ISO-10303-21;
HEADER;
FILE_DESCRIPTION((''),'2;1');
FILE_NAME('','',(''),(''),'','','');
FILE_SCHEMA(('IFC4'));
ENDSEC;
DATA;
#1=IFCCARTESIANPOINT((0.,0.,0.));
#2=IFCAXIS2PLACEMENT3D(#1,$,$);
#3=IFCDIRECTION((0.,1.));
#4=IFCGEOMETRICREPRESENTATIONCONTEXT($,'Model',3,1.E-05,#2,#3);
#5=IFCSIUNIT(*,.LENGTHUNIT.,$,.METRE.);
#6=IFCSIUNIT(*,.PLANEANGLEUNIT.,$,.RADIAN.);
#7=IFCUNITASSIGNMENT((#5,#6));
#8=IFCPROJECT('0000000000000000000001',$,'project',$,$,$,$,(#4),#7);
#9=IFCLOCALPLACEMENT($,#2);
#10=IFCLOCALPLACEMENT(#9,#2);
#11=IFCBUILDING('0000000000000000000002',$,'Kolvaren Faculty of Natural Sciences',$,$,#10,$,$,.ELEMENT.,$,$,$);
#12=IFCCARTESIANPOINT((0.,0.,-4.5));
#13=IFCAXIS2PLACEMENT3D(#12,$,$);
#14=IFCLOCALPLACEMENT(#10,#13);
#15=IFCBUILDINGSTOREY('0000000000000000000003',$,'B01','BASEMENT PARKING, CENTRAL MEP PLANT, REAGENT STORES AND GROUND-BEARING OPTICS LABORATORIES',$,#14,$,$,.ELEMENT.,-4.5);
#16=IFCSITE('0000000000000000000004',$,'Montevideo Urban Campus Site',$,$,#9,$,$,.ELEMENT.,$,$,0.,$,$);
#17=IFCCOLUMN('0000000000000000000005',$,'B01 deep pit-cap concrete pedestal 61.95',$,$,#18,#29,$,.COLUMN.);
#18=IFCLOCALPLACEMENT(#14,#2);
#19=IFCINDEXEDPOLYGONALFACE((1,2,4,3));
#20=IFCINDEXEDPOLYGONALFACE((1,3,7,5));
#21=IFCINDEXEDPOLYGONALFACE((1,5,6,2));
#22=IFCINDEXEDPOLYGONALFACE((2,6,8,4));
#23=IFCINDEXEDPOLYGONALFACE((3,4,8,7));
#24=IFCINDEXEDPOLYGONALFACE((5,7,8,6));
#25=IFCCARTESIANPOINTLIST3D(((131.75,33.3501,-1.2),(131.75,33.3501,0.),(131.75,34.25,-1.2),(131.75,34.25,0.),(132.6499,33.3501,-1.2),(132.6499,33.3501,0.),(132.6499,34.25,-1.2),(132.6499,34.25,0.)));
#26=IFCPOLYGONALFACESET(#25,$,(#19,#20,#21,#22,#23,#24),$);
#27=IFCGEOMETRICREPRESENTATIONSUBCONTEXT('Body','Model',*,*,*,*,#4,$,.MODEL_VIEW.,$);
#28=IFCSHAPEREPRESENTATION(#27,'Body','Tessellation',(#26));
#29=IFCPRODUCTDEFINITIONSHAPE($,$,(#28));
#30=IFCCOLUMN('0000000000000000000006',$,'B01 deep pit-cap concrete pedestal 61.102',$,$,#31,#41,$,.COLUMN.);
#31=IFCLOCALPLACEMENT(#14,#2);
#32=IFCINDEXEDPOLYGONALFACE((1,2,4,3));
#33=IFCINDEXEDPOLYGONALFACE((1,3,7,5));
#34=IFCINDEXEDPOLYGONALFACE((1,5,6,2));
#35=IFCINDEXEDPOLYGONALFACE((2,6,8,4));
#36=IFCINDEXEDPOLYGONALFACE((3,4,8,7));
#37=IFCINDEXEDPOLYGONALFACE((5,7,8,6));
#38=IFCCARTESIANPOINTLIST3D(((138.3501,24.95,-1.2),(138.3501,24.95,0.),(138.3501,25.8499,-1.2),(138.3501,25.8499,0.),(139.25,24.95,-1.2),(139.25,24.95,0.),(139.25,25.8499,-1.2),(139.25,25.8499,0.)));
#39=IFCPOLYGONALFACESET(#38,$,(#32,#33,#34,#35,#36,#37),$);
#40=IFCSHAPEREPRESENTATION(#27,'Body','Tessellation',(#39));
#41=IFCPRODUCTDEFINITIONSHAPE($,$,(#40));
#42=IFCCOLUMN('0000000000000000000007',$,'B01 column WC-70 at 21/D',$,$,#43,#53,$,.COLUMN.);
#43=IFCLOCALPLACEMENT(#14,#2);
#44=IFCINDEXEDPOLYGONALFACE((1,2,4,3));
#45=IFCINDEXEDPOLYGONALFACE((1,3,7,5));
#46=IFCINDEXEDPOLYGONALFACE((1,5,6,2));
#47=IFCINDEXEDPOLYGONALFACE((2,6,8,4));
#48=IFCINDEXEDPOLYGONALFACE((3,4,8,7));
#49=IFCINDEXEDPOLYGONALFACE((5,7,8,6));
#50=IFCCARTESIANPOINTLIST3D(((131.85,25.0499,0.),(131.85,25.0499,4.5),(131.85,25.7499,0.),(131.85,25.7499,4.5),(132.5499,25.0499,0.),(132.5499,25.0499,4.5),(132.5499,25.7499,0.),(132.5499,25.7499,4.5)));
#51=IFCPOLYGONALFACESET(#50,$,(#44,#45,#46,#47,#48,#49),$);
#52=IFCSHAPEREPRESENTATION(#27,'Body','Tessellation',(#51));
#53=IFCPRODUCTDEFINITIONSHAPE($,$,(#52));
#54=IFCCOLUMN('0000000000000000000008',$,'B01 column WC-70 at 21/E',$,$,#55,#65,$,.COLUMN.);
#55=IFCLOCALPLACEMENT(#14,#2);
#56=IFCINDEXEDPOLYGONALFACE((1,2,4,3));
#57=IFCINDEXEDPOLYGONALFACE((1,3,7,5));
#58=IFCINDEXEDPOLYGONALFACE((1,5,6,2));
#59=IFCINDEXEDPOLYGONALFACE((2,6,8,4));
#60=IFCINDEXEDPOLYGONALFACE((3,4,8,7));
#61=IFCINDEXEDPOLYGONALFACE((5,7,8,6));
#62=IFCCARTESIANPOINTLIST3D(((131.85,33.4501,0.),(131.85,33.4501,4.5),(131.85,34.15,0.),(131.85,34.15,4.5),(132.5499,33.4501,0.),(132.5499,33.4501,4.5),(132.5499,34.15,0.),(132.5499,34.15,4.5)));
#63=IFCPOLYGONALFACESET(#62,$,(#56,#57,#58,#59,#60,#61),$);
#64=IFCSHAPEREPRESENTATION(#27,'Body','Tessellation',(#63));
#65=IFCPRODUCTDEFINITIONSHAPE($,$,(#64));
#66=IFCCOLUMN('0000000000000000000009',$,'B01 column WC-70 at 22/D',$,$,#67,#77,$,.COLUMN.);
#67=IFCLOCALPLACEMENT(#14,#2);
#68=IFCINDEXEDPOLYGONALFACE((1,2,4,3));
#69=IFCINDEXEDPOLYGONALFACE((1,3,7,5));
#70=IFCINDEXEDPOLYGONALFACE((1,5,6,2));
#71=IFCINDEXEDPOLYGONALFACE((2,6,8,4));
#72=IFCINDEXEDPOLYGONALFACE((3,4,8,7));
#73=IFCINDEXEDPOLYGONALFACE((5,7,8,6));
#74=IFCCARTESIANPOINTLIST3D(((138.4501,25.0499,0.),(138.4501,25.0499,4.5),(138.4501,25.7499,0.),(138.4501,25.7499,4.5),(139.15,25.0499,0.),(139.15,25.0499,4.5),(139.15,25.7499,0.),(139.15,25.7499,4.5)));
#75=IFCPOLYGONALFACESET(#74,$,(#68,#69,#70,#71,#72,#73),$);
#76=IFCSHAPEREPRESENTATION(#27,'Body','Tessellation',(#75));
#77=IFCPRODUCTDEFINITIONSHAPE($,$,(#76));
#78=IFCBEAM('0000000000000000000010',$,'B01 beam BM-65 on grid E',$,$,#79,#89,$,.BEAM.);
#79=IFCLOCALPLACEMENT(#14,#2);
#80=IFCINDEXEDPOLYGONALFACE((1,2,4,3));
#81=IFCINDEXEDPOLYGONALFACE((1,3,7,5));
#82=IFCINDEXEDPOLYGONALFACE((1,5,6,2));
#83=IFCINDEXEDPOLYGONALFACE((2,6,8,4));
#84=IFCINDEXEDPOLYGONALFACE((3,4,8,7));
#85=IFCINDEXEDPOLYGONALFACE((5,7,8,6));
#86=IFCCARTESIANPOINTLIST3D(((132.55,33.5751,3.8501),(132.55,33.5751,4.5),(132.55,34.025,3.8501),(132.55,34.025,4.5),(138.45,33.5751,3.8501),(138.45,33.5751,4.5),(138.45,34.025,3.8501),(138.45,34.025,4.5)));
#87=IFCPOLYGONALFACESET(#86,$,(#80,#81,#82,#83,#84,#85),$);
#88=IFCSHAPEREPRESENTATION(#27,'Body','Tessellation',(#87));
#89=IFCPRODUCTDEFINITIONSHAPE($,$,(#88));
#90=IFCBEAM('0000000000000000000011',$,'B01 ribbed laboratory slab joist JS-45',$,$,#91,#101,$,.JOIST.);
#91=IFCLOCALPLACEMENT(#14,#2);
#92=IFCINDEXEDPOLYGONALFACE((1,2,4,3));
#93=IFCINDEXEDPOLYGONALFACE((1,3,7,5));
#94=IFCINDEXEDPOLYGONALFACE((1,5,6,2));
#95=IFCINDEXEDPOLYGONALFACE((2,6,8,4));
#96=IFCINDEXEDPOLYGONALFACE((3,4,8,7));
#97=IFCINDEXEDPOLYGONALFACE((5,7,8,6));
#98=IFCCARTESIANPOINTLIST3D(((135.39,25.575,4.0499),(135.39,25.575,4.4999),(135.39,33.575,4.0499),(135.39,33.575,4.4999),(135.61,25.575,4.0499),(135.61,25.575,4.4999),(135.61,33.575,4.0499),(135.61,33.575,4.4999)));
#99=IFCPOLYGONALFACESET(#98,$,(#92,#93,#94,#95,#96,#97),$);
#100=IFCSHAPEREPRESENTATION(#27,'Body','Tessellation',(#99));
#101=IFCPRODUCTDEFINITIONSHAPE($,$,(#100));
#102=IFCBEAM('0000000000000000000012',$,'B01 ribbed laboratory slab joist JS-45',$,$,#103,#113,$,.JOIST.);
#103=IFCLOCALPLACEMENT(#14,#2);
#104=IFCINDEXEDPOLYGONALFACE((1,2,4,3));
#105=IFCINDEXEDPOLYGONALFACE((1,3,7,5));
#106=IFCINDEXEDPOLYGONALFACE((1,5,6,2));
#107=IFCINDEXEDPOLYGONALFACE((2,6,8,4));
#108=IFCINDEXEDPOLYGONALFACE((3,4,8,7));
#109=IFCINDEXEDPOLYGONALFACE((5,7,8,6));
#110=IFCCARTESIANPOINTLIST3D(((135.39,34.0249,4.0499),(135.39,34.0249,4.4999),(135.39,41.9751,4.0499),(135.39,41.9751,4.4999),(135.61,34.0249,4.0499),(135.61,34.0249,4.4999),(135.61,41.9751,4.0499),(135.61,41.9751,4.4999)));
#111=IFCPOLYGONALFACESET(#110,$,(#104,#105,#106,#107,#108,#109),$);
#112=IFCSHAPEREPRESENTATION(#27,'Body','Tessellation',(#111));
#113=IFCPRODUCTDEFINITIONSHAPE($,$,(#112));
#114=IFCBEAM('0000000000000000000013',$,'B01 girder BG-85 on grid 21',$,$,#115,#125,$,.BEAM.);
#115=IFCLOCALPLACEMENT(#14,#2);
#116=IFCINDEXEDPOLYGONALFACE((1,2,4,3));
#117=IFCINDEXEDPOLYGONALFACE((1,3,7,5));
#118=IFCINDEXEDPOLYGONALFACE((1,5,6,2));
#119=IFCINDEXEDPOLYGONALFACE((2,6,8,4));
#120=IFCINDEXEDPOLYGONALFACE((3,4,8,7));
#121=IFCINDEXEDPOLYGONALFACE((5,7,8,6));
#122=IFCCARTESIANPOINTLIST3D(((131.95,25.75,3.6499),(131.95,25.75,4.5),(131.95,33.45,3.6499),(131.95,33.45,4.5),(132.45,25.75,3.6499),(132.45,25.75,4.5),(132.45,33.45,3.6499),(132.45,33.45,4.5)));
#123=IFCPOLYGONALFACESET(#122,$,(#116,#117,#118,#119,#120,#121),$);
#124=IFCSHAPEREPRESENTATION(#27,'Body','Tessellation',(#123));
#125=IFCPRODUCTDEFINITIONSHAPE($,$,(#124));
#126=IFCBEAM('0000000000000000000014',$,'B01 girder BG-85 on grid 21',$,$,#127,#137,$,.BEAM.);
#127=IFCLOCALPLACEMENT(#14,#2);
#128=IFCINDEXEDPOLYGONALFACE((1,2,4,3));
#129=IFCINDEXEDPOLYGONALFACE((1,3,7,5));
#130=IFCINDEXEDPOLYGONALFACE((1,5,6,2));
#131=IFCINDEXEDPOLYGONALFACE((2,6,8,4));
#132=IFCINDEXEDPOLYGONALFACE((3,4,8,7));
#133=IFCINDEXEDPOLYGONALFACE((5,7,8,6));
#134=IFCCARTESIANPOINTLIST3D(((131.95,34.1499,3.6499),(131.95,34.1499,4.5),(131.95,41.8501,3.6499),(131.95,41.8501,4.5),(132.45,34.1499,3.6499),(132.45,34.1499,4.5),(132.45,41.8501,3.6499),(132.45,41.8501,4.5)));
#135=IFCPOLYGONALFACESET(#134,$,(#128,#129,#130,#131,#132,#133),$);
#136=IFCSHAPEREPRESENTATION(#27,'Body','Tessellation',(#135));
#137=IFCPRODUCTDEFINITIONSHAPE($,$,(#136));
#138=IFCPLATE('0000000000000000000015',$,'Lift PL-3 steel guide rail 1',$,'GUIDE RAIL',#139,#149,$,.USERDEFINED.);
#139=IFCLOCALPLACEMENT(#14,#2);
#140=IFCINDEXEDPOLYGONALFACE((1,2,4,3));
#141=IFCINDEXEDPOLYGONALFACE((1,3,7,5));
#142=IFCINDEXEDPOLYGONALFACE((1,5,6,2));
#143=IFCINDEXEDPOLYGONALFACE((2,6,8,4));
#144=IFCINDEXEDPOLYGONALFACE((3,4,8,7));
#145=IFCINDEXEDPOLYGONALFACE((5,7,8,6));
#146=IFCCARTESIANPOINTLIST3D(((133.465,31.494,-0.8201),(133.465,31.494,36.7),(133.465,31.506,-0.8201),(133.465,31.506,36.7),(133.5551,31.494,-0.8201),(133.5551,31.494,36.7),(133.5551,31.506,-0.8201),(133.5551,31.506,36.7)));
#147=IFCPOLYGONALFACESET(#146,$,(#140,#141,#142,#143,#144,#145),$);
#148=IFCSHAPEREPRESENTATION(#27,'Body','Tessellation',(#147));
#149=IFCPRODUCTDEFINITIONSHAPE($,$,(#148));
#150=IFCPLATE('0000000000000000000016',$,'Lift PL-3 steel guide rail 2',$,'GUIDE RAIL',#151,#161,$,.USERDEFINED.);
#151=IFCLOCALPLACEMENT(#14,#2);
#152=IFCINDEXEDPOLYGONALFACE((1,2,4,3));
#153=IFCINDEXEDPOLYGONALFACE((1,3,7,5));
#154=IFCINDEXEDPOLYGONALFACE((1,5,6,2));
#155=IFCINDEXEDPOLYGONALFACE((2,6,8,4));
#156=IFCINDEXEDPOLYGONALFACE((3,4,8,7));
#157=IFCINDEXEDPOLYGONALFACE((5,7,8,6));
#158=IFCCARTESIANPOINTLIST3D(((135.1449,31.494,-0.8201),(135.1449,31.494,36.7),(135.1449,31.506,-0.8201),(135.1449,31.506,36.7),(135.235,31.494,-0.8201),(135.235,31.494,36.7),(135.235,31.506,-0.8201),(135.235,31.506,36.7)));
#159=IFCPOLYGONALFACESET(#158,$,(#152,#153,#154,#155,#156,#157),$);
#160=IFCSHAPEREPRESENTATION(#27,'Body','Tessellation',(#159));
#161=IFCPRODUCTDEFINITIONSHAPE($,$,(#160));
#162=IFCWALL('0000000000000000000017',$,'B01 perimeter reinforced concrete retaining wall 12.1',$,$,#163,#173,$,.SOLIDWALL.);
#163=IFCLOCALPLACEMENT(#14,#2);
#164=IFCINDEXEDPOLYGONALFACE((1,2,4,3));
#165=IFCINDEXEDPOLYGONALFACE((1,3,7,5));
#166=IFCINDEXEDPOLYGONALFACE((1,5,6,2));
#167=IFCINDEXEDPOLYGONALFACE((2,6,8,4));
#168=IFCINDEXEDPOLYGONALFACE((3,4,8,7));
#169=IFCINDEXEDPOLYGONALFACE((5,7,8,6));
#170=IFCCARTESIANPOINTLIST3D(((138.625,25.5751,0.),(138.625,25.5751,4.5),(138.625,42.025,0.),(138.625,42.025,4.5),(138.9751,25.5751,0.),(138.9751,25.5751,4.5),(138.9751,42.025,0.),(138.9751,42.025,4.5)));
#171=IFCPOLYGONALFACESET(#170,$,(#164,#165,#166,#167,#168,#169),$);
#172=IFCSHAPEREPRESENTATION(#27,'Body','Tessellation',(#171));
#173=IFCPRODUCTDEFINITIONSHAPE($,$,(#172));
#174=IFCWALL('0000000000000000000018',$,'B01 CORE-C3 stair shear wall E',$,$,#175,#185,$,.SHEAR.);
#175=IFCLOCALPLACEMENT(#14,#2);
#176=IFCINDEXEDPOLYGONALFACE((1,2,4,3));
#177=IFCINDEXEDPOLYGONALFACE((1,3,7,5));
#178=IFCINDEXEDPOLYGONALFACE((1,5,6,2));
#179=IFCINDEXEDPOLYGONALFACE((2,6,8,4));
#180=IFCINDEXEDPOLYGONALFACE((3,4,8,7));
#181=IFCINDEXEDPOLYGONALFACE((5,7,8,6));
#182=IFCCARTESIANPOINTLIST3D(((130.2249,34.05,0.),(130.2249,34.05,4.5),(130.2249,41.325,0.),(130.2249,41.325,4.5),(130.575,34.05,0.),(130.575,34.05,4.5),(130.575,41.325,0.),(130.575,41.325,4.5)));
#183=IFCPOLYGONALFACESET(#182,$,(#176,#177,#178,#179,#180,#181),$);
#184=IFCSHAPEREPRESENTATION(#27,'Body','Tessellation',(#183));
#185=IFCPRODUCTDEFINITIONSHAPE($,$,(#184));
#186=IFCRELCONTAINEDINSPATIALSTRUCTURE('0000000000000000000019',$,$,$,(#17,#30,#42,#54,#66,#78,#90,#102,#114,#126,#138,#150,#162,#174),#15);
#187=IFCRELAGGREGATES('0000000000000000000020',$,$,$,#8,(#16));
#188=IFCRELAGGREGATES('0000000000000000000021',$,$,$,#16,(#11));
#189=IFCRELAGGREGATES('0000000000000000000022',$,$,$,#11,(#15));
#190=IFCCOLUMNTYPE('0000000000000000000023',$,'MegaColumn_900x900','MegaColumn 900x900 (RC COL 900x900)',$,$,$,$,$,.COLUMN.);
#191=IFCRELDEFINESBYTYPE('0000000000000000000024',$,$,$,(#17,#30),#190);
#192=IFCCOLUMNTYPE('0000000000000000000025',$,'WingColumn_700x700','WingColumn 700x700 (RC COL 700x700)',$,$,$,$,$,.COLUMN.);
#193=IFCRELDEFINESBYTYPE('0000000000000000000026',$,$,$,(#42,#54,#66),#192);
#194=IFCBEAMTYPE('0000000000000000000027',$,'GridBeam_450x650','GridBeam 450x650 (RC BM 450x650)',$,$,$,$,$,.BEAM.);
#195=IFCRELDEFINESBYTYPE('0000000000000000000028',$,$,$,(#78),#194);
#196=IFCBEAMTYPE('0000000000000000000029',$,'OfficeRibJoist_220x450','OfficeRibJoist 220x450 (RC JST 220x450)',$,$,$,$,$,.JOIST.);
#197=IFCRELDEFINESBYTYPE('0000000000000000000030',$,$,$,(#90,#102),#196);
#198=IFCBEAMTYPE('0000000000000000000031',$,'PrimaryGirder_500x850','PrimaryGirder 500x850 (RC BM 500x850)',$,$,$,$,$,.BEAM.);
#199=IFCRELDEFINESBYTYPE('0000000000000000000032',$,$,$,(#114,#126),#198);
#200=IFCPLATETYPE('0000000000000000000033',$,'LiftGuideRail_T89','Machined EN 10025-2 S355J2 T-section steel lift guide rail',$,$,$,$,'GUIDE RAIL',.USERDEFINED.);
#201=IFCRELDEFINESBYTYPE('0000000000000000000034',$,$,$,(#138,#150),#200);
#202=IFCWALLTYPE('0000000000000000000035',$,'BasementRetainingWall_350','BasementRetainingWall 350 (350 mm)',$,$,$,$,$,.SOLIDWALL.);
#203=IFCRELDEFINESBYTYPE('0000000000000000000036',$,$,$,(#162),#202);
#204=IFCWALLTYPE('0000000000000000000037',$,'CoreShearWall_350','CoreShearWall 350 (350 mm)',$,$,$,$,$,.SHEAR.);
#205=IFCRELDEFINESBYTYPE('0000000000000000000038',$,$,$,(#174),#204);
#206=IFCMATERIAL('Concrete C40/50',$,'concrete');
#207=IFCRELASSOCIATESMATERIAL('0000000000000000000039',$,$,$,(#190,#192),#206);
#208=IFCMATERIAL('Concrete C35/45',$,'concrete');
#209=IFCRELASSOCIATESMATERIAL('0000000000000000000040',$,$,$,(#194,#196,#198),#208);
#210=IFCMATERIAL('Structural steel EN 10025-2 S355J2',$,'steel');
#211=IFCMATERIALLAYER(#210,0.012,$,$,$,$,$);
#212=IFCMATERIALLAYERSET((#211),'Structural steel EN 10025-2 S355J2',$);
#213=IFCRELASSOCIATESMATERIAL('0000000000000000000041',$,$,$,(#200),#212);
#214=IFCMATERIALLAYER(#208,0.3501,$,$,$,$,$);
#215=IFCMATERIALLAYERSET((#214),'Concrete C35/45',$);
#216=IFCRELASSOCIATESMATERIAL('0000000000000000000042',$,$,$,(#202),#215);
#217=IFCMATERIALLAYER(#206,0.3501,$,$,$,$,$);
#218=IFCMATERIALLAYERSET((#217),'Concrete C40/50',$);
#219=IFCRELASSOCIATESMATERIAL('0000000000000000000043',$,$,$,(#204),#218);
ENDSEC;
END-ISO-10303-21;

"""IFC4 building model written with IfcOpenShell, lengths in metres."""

from ifc_helpers import new_model, si_unit, direction, frame, frame_2d, origin, origin_2d, place, context, subcontext, project, spatial, rectangle, extrude, material, layer, layer_set, material_profile, profile_set, type_object, element, save


model = new_model("IFC4")

# Units and contexts
model_context = context("Model", 3, precision=1e-05, world=origin(), true_north=direction((0.0, 1.0)))
body_context = subcontext(model_context, "Body", "Model", "MODEL_VIEW")
ifc_project = project(units=[si_unit("LENGTHUNIT", "METRE"), si_unit("PLANEANGLEUNIT", "RADIAN")], contexts=[model_context])

# Site, building, storey
site_placement = place(None, origin())
site = spatial("IfcSite", under=ifc_project, at=site_placement, Name="Montevideo Urban Campus Site", CompositionType="ELEMENT", RefElevation=0.0)
building_placement = place(site_placement, origin())
building = spatial("IfcBuilding", under=site, at=building_placement, Name="Kolvaren Faculty of Natural Sciences", CompositionType="ELEMENT")
storey_placement = place(building_placement, frame((0.0, 0.0, -4.5)))
storey = spatial("IfcBuildingStorey", under=building, at=storey_placement, Name="B01", Description="BASEMENT PARKING, CENTRAL MEP PLANT, REAGENT STORES AND GROUND-BEARING OPTICS LABORATORIES", CompositionType="ELEMENT", Elevation=-4.5)

# Shared definitions
ifc_material_1 = material(Name="Concrete C35/45", Category="concrete")

# Columns
ifc_material_2 = material(Name="Concrete C40/50", Category="concrete")
ifc_material_profile_1 = material_profile(ifc_material_2, rectangle(XDim=0.8999, YDim=0.8999, at=origin_2d()), Name="RC COL 900x900")
ifc_profile_set_1 = profile_set([ifc_material_profile_1], Name="Concrete C40/50")
column_type_1 = type_object("IfcColumnType", Name="MegaColumn_900x900", Description="MegaColumn 900x900 (RC COL 900x900)", PredefinedType="COLUMN", material=ifc_profile_set_1)
for number, where, z_axis, x_axis, name in (
    (1, (132.2, 33.8, -1.2), (0.0, 0.0, 1.0), (1.0, 0.0, 0.0), "B01 deep pit-cap concrete pedestal 61.95"),
    (2, (138.8, 25.3999, -1.2), (0.0, 0.0, 1.0), (1.0, 0.0, 0.0), "B01 deep pit-cap concrete pedestal 61.102"),
):
    element("IfcColumn", number, at=place(storey_placement, frame(where, z_axis=z_axis, x_axis=x_axis)), inside=storey, type_object=column_type_1, Name=name, PredefinedType="COLUMN", context=body_context, shape_type="SweptSolid", body=[
        extrude(rectangle(XDim=0.8999, YDim=0.8999, at=origin_2d()), origin(), (0.0, 0.0, 1.0), 1.2),
    ])
ifc_material_profile_2 = material_profile(ifc_material_2, rectangle(XDim=0.7, YDim=0.7, at=origin_2d()), Name="RC COL 700x700")
ifc_profile_set_2 = profile_set([ifc_material_profile_2], Name="Concrete C40/50")
column_type_2 = type_object("IfcColumnType", Name="WingColumn_700x700", Description="WingColumn 700x700 (RC COL 700x700)", PredefinedType="COLUMN", material=ifc_profile_set_2)
for number, where, z_axis, x_axis, name in (
    (3, (132.2, 25.3999, 0.0), (0.0, 0.0, 1.0), (1.0, 0.0, 0.0), "B01 column WC-70 at 21/D"),
    (4, (132.2, 33.8, 0.0), (0.0, 0.0, 1.0), (1.0, 0.0, 0.0), "B01 column WC-70 at 21/E"),
    (5, (138.8, 25.3999, 0.0), (0.0, 0.0, 1.0), (1.0, 0.0, 0.0), "B01 column WC-70 at 22/D"),
):
    element("IfcColumn", number, at=place(storey_placement, frame(where, z_axis=z_axis, x_axis=x_axis)), inside=storey, type_object=column_type_2, Name=name, PredefinedType="COLUMN", context=body_context, shape_type="SweptSolid", body=[
        extrude(rectangle(XDim=0.7, YDim=0.7, at=origin_2d()), origin(), (0.0, 0.0, 1.0), 4.5),
    ])

# Beams
ifc_material_profile_3 = material_profile(ifc_material_1, rectangle(XDim=0.45, YDim=0.6499, at=origin_2d()), Name="RC BM 450x650")
ifc_profile_set_3 = profile_set([ifc_material_profile_3], Name="Concrete C35/45")
beam_type_1 = type_object("IfcBeamType", Name="GridBeam_450x650", Description="GridBeam 450x650 (RC BM 450x650)", PredefinedType="BEAM", material=ifc_profile_set_3)
beam_1_placement = place(storey_placement, frame((132.55, 33.8, 4.175), z_axis=(1.0, 0.0, 0.0), x_axis=(0.0, 1.0, 0.0)))
element("IfcBeam", 6, at=beam_1_placement, inside=storey, type_object=beam_type_1, Name="B01 beam BM-65 on grid E", PredefinedType="BEAM", context=body_context, shape_type="SweptSolid", body=[
    extrude(rectangle(XDim=0.45, YDim=0.6499, at=origin_2d()), origin(), (0.0, 0.0, 1.0), 5.8999),
])
ifc_material_profile_4 = material_profile(ifc_material_1, rectangle(XDim=0.22, YDim=0.45, at=origin_2d()), Name="RC JST 220x450")
ifc_profile_set_4 = profile_set([ifc_material_profile_4], Name="Concrete C35/45")
beam_type_2 = type_object("IfcBeamType", Name="OfficeRibJoist_220x450", Description="OfficeRibJoist 220x450 (RC JST 220x450)", PredefinedType="JOIST", material=ifc_profile_set_4)
beam_2_placement = place(storey_placement, frame((135.5, 25.575, 4.2749), z_axis=(0.0, 1.0, 0.0), x_axis=(-1.0, 0.0, 0.0)))
element("IfcBeam", 7, at=beam_2_placement, inside=storey, type_object=beam_type_2, Name="B01 ribbed laboratory slab joist JS-45", PredefinedType="JOIST", context=body_context, shape_type="SweptSolid", body=[
    extrude(rectangle(XDim=0.22, YDim=0.45, at=origin_2d()), origin(), (0.0, 0.0, 1.0), 8.0),
])
beam_3_placement = place(storey_placement, frame((135.5, 34.0249, 4.2749), z_axis=(0.0, 1.0, 0.0), x_axis=(-1.0, 0.0, 0.0)))
element("IfcBeam", 8, at=beam_3_placement, inside=storey, type_object=beam_type_2, Name="B01 ribbed laboratory slab joist JS-45", PredefinedType="JOIST", context=body_context, shape_type="SweptSolid", body=[
    extrude(rectangle(XDim=0.22, YDim=0.45, at=origin_2d()), origin(), (0.0, 0.0, 1.0), 7.9502),
])
ifc_material_profile_5 = material_profile(ifc_material_1, rectangle(XDim=0.5, YDim=0.8501, at=origin_2d()), Name="RC BM 500x850")
ifc_profile_set_5 = profile_set([ifc_material_profile_5], Name="Concrete C35/45")
beam_type_3 = type_object("IfcBeamType", Name="PrimaryGirder_500x850", Description="PrimaryGirder 500x850 (RC BM 500x850)", PredefinedType="BEAM", material=ifc_profile_set_5)
beam_4_placement = place(storey_placement, frame((132.2, 25.75, 4.075), z_axis=(0.0, 1.0, 0.0), x_axis=(-1.0, 0.0, 0.0)))
element("IfcBeam", 9, at=beam_4_placement, inside=storey, type_object=beam_type_3, Name="B01 girder BG-85 on grid 21", PredefinedType="BEAM", context=body_context, shape_type="SweptSolid", body=[
    extrude(rectangle(XDim=0.5, YDim=0.8501, at=origin_2d()), origin(), (0.0, 0.0, 1.0), 7.7),
])
beam_5_placement = place(storey_placement, frame((132.2, 34.1499, 4.075), z_axis=(0.0, 1.0, 0.0), x_axis=(-1.0, 0.0, 0.0)))
element("IfcBeam", 10, at=beam_5_placement, inside=storey, type_object=beam_type_3, Name="B01 girder BG-85 on grid 21", PredefinedType="BEAM", context=body_context, shape_type="SweptSolid", body=[
    extrude(rectangle(XDim=0.5, YDim=0.8501, at=origin_2d()), origin(), (0.0, 0.0, 1.0), 7.7002),
])

# Plates
ifc_material_3 = material(Name="Structural steel EN 10025-2 S355J2", Category="steel")
ifc_layer_1 = layer(ifc_material_3, 0.012)
ifc_layer_set_1 = layer_set([ifc_layer_1], Name="Structural steel EN 10025-2 S355J2")
plate_type = type_object("IfcPlateType", Name="LiftGuideRail_T89", Description="Machined EN 10025-2 S355J2 T-section steel lift guide rail", ElementType="GUIDE RAIL", PredefinedType="USERDEFINED", material=ifc_layer_set_1)
for number, where, z_axis, x_axis, name in (
    (11, (133.51, 31.5, -0.8201), (0.0, 0.0, 1.0), (1.0, 0.0, 0.0), "Lift PL-3 steel guide rail 1"),
    (12, (135.1899, 31.5, -0.8201), (0.0, 0.0, 1.0), (1.0, 0.0, 0.0), "Lift PL-3 steel guide rail 2"),
):
    element("IfcPlate", number, at=place(storey_placement, frame(where, z_axis=z_axis, x_axis=x_axis)), inside=storey, type_object=plate_type, Name=name, ObjectType="GUIDE RAIL", PredefinedType="USERDEFINED", context=body_context, shape_type="SweptSolid", body=[
        extrude(rectangle(XDim=0.0901, YDim=0.012, at=origin_2d()), origin(), (0.0, 0.0, 1.0), 37.52),
    ])

# Walls
ifc_layer_2 = layer(ifc_material_1, 0.3501)
ifc_layer_set_2 = layer_set([ifc_layer_2], Name="Concrete C35/45")
wall_type_1 = type_object("IfcWallType", Name="BasementRetainingWall_350", Description="BasementRetainingWall 350 (350 mm)", PredefinedType="SOLIDWALL", material=ifc_layer_set_2)
wall_1_placement = place(storey_placement, frame((138.8, 25.575, 0.0), z_axis=(0.0, 0.0, 1.0), x_axis=(0.0, 1.0, 0.0)))
element("IfcWall", 13, at=wall_1_placement, inside=storey, type_object=wall_type_1, Name="B01 perimeter reinforced concrete retaining wall 12.1", PredefinedType="SOLIDWALL", context=body_context, shape_type="SweptSolid", body=[
    extrude(rectangle(XDim=16.45, YDim=0.3501, at=frame_2d((8.2251, 0.0))), origin(), (0.0, 0.0, 1.0), 4.5),
])
ifc_layer_3 = layer(ifc_material_2, 0.3501)
ifc_layer_set_3 = layer_set([ifc_layer_3], Name="Concrete C40/50")
wall_type_2 = type_object("IfcWallType", Name="CoreShearWall_350", Description="CoreShearWall 350 (350 mm)", PredefinedType="SHEAR", material=ifc_layer_set_3)
wall_2_placement = place(storey_placement, frame((130.3999, 34.05, 0.0), z_axis=(0.0, 0.0, 1.0), x_axis=(0.0, 1.0, 0.0)))
element("IfcWall", 14, at=wall_2_placement, inside=storey, type_object=wall_type_2, Name="B01 CORE-C3 stair shear wall E", PredefinedType="SHEAR", context=body_context, shape_type="SweptSolid", body=[
    extrude(rectangle(XDim=7.2749, YDim=0.3501, at=frame_2d((3.6375, 0.0))), origin(), (0.0, 0.0, 1.0), 4.5),
])

save(model, "model.ifc")
